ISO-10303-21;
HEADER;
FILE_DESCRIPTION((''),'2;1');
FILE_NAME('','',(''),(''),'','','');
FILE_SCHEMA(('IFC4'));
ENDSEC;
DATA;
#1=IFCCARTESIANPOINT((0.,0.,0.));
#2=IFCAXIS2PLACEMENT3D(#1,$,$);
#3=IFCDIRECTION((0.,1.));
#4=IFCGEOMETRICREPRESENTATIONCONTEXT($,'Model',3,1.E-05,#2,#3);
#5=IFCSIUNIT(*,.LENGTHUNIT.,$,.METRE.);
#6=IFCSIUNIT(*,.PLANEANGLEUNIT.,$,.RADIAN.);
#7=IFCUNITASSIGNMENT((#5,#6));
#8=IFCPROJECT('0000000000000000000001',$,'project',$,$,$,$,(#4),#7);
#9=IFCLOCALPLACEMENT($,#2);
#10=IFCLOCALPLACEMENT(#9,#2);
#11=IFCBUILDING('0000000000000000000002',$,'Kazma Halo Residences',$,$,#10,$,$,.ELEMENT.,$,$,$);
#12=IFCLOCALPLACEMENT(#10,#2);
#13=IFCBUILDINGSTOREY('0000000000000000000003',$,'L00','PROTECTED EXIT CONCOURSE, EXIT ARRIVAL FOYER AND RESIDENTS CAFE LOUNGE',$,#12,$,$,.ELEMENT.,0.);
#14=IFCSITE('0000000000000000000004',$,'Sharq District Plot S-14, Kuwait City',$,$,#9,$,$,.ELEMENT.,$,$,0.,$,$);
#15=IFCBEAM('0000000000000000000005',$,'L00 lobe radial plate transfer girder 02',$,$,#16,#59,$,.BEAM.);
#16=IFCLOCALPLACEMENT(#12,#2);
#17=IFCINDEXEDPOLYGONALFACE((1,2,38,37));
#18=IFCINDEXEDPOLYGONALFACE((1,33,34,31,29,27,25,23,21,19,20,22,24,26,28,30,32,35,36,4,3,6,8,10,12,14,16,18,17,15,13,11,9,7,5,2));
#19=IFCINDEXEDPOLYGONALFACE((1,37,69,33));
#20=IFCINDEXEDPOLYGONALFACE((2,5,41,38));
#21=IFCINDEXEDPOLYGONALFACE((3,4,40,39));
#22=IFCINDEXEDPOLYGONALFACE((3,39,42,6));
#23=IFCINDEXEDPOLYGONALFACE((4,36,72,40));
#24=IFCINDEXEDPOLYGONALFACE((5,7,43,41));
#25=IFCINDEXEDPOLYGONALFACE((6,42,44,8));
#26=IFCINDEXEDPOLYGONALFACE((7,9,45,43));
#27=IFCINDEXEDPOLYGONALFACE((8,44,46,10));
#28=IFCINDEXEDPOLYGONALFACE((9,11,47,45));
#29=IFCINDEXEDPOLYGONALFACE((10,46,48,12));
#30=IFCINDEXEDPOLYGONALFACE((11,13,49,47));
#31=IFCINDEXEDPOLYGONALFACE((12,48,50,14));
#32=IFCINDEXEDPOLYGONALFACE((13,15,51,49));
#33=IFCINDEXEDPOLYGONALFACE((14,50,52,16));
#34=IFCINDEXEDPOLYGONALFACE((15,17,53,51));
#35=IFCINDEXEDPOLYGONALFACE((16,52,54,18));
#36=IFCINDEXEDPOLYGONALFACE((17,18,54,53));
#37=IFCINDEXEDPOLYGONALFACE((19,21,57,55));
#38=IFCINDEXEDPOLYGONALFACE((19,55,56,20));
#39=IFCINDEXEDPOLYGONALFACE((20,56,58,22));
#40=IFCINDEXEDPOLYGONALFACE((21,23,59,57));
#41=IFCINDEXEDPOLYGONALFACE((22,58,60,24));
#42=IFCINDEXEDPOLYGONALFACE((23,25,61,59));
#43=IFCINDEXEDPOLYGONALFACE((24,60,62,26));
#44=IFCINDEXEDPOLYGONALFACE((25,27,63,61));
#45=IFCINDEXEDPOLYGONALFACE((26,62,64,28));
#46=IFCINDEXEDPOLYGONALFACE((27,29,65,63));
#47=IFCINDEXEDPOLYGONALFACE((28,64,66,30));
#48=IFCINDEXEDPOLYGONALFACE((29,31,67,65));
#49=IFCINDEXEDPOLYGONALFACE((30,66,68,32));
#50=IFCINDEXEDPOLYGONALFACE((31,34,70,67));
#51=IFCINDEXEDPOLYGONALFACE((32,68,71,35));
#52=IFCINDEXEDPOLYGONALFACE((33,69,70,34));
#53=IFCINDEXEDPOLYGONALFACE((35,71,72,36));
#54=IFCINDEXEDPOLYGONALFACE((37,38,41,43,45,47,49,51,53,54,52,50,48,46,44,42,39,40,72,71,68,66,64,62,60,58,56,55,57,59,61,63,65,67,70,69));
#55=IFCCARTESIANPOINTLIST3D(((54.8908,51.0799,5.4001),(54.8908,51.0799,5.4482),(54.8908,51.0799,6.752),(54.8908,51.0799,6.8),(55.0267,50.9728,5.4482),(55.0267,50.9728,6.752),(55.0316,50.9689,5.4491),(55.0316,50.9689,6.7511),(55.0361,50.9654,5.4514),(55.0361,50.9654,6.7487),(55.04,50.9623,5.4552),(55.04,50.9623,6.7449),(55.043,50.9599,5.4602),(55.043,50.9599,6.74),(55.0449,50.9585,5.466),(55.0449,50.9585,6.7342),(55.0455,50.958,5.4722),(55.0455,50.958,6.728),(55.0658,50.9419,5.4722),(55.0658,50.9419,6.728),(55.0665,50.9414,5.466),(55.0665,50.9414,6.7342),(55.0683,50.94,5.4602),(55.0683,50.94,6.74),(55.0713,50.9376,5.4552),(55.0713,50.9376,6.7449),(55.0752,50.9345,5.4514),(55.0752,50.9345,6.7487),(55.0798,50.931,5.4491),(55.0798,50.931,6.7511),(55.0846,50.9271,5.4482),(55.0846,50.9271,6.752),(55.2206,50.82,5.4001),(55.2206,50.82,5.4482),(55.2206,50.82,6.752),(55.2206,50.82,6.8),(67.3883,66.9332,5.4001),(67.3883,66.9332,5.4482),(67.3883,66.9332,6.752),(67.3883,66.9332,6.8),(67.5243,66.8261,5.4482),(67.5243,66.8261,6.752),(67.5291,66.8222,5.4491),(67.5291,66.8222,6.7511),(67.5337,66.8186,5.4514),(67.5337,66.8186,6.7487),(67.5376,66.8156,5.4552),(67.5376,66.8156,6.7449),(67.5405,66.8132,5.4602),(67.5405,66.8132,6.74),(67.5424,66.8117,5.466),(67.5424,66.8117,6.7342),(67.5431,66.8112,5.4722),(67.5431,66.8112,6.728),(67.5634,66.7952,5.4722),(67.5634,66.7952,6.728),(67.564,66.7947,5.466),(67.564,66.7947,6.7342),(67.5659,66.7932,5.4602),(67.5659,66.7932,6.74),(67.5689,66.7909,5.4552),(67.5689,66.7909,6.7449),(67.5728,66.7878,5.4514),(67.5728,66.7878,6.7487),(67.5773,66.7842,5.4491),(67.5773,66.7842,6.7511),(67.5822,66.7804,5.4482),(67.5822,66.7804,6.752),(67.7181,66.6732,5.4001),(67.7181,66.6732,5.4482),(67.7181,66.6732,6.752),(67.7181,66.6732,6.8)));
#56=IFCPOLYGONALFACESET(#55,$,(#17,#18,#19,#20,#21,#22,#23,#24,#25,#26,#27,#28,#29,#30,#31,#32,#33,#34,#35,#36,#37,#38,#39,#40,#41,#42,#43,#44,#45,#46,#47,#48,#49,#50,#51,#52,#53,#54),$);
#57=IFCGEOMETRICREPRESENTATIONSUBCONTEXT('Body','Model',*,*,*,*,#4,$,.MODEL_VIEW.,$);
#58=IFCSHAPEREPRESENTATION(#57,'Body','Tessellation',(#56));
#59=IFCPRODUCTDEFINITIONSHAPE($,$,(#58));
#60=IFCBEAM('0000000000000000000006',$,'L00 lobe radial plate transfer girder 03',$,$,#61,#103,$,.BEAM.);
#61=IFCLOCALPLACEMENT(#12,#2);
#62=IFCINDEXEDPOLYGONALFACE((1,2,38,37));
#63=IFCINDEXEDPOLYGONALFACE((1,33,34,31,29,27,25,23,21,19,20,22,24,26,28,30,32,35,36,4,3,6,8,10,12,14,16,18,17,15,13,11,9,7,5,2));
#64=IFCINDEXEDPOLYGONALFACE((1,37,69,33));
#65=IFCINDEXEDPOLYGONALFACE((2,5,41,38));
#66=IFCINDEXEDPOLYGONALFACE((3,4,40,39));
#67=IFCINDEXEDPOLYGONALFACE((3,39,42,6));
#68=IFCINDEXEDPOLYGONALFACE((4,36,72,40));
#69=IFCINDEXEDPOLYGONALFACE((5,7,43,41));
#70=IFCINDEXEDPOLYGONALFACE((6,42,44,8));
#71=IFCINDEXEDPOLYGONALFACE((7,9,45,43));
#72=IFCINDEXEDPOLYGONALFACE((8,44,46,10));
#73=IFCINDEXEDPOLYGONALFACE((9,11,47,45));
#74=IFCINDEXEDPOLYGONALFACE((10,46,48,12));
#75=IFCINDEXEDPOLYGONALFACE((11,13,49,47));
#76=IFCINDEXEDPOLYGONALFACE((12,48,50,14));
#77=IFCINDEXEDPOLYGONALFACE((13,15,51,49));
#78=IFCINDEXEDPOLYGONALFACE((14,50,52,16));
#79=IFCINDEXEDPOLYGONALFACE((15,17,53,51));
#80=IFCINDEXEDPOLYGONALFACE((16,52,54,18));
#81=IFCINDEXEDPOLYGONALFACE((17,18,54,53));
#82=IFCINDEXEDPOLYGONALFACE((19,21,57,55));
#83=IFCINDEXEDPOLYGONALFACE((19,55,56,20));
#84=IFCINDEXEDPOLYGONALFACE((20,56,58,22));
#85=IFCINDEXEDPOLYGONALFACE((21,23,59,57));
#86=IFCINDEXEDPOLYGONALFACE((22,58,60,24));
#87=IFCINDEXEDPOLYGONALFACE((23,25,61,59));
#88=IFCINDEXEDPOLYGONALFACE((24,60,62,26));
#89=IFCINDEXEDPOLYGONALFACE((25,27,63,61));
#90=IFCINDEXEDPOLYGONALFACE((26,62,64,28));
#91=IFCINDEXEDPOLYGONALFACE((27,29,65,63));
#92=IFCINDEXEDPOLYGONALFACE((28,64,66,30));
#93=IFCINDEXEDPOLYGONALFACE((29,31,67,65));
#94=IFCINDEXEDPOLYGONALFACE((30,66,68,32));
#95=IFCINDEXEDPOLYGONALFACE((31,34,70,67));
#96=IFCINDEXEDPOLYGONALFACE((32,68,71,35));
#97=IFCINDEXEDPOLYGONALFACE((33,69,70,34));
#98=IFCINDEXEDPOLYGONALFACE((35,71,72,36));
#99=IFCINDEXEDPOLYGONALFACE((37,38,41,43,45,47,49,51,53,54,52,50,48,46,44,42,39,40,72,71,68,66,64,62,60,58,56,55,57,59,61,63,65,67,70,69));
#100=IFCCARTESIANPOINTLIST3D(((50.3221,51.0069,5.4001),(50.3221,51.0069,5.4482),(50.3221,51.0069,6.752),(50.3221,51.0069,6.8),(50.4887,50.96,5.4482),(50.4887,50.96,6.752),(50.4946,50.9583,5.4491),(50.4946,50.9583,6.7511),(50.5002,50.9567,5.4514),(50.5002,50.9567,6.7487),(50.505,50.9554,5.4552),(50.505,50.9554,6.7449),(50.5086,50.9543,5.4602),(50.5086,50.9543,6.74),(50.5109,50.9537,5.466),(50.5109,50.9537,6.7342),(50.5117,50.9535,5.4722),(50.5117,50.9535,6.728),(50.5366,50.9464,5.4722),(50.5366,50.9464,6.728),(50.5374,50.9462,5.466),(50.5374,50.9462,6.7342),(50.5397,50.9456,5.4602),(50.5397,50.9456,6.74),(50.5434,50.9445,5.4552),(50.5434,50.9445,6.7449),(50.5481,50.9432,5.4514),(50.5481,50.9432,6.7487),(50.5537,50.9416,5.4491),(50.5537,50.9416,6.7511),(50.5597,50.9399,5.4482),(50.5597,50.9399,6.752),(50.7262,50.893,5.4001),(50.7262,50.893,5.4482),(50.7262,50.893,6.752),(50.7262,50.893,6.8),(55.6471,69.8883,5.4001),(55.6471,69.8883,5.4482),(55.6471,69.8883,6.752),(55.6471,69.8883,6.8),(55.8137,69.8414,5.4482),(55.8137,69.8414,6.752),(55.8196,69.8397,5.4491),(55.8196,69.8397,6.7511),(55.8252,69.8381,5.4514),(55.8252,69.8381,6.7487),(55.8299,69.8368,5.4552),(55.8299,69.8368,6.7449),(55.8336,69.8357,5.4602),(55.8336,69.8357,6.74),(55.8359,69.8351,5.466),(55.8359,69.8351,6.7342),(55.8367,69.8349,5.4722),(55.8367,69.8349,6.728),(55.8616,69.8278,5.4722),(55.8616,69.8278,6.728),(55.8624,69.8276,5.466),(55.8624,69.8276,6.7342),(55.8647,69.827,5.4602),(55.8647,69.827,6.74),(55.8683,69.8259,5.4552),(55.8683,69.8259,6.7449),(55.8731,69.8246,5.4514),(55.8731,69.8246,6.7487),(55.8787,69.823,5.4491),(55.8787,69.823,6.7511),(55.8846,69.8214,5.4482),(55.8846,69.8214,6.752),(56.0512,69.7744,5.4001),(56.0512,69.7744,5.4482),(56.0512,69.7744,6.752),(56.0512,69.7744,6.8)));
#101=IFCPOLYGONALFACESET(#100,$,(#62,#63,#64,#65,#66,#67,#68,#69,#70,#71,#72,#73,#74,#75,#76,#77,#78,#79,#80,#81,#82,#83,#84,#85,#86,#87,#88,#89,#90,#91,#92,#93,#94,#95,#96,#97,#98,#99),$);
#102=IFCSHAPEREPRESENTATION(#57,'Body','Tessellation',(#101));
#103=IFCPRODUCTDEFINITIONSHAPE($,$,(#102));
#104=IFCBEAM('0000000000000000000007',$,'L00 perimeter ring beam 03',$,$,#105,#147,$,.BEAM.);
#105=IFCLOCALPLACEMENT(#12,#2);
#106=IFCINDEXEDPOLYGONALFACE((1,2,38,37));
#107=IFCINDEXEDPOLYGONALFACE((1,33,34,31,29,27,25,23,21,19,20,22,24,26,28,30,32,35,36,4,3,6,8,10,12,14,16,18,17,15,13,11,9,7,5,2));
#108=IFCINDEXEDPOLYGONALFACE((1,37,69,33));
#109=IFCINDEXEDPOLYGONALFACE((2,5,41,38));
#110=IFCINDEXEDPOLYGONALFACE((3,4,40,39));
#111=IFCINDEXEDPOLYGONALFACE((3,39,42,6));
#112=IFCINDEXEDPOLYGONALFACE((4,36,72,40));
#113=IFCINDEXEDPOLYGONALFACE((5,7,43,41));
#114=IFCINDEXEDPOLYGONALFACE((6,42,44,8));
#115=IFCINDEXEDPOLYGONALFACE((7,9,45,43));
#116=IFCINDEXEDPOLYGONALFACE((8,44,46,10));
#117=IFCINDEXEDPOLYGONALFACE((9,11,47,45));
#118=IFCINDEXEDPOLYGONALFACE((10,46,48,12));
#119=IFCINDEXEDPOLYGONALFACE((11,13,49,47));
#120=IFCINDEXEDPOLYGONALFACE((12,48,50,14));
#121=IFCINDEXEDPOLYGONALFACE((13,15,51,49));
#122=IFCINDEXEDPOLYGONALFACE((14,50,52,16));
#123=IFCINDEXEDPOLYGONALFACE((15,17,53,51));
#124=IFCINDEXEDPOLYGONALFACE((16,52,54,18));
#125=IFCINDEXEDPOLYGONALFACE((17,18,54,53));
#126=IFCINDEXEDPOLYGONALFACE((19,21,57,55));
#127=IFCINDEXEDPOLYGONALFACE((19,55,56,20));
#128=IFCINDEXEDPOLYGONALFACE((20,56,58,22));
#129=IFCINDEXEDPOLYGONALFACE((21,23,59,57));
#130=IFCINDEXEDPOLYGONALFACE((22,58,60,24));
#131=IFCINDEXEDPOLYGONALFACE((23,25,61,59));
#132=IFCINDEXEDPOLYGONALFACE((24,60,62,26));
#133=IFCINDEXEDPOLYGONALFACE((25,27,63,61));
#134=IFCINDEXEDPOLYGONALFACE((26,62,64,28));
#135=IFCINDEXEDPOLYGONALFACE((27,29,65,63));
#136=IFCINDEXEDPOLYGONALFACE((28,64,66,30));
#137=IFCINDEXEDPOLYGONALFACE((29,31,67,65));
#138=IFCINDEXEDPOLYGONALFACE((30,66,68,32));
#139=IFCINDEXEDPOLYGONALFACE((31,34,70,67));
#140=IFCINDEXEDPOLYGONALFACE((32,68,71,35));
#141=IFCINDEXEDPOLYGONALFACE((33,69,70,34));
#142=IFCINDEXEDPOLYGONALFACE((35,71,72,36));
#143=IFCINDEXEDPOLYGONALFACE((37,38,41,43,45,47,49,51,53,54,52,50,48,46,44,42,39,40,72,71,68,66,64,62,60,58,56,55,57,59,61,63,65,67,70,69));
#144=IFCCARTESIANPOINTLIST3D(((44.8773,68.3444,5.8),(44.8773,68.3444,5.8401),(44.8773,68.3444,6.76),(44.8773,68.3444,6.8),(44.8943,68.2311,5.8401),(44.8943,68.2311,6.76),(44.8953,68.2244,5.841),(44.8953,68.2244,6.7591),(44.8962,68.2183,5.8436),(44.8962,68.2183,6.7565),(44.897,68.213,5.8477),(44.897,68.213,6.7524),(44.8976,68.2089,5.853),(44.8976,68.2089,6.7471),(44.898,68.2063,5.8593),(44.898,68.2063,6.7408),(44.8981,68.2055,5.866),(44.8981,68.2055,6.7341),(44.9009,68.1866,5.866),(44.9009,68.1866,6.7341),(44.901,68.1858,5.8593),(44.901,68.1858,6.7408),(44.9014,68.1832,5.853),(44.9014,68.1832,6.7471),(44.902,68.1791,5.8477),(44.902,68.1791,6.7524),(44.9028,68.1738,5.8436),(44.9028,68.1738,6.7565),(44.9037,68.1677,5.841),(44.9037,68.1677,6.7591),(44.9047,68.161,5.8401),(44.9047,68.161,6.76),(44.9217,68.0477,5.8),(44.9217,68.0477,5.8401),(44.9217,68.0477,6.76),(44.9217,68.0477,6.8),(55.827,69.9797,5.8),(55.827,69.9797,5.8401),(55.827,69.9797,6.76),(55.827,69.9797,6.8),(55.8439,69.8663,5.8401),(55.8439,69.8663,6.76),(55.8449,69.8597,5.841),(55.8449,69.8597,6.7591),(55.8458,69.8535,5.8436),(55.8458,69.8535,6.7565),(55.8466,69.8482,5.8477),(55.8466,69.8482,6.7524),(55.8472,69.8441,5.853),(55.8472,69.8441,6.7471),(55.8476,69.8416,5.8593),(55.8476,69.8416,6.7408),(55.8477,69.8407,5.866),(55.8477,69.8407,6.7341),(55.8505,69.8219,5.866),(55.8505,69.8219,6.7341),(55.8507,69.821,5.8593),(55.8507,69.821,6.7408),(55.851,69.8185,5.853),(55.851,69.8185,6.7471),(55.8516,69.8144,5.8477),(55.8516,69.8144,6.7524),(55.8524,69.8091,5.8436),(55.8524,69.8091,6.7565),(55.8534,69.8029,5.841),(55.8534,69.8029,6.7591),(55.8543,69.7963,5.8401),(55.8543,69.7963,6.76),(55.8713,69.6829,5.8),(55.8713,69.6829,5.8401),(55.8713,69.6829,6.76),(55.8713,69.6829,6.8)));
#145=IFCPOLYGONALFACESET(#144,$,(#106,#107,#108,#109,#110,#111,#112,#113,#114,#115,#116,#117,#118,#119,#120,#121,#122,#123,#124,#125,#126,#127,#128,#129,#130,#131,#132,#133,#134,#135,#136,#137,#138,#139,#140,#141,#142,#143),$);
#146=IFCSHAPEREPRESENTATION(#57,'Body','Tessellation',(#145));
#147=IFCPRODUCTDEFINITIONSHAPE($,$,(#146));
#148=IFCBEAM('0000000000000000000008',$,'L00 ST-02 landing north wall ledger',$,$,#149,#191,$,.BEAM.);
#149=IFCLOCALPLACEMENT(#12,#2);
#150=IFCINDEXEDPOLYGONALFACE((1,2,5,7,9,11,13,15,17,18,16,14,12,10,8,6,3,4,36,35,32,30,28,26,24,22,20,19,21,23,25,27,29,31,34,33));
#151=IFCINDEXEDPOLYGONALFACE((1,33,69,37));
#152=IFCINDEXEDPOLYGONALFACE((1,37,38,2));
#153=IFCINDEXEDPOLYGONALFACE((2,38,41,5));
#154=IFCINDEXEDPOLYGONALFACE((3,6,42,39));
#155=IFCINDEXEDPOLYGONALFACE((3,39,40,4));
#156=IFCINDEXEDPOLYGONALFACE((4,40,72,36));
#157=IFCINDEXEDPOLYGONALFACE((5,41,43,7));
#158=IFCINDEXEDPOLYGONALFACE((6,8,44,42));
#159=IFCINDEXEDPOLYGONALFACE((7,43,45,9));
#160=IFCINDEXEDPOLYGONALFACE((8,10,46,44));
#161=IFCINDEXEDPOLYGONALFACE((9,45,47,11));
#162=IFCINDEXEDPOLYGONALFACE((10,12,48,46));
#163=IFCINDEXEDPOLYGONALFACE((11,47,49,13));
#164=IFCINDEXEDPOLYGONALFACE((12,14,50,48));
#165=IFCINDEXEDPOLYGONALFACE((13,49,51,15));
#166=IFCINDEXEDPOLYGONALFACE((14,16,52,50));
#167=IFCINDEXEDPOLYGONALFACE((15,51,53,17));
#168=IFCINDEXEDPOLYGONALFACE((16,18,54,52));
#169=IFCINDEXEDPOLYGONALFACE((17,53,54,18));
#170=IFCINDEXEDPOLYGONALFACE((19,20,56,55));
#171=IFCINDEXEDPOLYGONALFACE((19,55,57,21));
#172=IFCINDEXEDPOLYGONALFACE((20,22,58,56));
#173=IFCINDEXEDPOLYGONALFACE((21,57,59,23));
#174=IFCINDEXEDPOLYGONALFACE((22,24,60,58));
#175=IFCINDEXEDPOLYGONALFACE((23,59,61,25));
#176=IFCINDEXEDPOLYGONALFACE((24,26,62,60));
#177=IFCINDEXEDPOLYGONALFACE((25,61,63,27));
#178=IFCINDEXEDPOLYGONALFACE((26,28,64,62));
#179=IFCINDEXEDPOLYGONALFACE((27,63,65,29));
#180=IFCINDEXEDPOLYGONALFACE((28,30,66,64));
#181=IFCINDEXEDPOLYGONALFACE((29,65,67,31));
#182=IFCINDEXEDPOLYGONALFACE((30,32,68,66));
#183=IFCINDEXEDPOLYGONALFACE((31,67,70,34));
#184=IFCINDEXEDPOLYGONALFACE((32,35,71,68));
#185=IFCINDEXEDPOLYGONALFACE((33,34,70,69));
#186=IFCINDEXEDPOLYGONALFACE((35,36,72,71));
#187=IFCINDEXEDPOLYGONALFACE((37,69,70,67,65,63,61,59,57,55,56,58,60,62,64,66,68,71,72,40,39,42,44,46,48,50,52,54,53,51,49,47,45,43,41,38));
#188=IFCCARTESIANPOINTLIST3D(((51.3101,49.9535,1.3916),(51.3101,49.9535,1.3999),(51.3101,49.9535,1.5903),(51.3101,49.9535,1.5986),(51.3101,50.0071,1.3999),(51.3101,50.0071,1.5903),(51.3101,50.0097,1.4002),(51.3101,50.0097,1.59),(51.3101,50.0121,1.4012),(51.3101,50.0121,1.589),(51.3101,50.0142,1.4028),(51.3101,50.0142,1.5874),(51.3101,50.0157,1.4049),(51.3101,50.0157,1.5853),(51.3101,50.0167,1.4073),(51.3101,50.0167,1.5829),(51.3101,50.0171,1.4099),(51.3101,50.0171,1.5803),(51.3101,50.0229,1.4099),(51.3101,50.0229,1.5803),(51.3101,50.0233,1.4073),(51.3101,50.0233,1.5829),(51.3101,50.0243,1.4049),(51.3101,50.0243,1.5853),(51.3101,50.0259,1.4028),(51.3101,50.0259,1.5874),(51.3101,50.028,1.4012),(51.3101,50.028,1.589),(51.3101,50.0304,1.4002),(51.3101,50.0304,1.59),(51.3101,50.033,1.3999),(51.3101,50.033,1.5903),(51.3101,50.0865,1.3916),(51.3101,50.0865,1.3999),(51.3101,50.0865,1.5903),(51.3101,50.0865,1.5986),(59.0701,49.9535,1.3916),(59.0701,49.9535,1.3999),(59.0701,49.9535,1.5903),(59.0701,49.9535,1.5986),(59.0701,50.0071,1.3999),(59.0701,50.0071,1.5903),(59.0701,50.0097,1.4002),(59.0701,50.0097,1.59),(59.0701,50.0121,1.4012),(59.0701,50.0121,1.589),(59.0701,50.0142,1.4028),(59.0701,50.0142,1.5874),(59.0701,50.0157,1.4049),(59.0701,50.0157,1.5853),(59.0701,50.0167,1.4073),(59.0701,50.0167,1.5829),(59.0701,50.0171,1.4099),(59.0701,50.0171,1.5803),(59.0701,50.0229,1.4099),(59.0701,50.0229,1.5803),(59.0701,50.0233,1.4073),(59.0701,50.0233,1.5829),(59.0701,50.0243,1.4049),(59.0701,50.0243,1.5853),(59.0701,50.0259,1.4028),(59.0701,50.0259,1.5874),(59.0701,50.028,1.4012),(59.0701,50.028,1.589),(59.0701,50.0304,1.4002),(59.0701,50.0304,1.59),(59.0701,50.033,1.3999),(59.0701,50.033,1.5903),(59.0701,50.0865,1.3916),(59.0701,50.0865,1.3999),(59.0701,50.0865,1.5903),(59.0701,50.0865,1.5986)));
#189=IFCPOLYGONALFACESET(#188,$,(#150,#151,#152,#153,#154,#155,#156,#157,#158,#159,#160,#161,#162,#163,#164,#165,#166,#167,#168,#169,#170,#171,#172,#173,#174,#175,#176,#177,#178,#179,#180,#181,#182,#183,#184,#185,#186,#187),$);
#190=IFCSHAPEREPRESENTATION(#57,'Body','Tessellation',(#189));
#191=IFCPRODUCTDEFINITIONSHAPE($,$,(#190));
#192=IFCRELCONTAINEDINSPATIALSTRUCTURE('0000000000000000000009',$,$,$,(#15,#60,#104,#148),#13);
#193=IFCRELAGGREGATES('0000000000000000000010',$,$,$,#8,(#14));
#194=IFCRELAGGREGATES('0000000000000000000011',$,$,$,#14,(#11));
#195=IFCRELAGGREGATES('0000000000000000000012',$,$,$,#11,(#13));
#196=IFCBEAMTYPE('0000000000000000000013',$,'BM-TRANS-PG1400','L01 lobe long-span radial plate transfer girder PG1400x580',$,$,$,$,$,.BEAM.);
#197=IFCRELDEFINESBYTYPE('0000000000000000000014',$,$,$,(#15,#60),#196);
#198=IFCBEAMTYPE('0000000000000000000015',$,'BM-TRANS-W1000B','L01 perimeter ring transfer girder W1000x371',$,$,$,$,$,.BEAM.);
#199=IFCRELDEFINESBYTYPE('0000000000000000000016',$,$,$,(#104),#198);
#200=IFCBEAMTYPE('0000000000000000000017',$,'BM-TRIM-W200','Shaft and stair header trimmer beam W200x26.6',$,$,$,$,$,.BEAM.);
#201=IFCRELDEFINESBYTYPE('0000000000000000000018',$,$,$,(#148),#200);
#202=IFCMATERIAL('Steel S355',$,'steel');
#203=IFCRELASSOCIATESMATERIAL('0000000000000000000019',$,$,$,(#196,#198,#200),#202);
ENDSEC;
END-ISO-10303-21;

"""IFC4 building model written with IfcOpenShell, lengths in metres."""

from ifc_helpers import new_model, si_unit, direction, frame, origin, origin_2d, place, context, subcontext, project, spatial, i_section, extrude, material, material_profile, profile_set, type_object, element, save


model = new_model("IFC4")

# Units and contexts
model_context = context("Model", 3, precision=1e-05, world=origin(), true_north=direction((0.0, 1.0)))
body_context = subcontext(model_context, "Body", "Model", "MODEL_VIEW")
ifc_project = project(units=[si_unit("LENGTHUNIT", "METRE"), si_unit("PLANEANGLEUNIT", "RADIAN")], contexts=[model_context])

# Site, building, storey
site_placement = place(None, origin())
site = spatial("IfcSite", under=ifc_project, at=site_placement, Name="Sharq District Plot S-14, Kuwait City", CompositionType="ELEMENT", RefElevation=0.0)
building_placement = place(site_placement, origin())
building = spatial("IfcBuilding", under=site, at=building_placement, Name="Kazma Halo Residences", CompositionType="ELEMENT")
storey_placement = place(building_placement, origin())
storey = spatial("IfcBuildingStorey", under=building, at=storey_placement, Name="L00", Description="PROTECTED EXIT CONCOURSE, EXIT ARRIVAL FOYER AND RESIDENTS CAFE LOUNGE", CompositionType="ELEMENT", Elevation=0.0)

# Beams
ifc_material_1 = material(Name="Steel S355", Category="steel")
ifc_material_profile_1 = material_profile(ifc_material_1, i_section(OverallWidth=0.4199, OverallDepth=1.3999, WebThickness=0.0259, FlangeThickness=0.0481, FilletRadius=0.0239, at=origin_2d()), Name="PG1400x580")
ifc_profile_set_1 = profile_set([ifc_material_profile_1], Name="Steel S355")
beam_type_1 = type_object("IfcBeamType", Name="BM-TRANS-PG1400", Description="L01 lobe long-span radial plate transfer girder PG1400x580", PredefinedType="BEAM", material=ifc_profile_set_1)
beam_1_placement = place(storey_placement, frame((55.0557, 50.95, 6.1001), z_axis=(0.619089, 0.785321, 0.0), x_axis=(-0.785321, 0.619089, 0.0)))
element("IfcBeam", 1, at=beam_1_placement, inside=storey, type_object=beam_type_1, Name="L00 lobe radial plate transfer girder 02", PredefinedType="BEAM", context=body_context, shape_type="SweptSolid", body=[
    extrude(i_section(OverallWidth=0.4199, OverallDepth=1.3999, WebThickness=0.0259, FlangeThickness=0.0481, FilletRadius=0.0239, at=origin_2d()), origin(), (0.0, 0.0, 1.0), 20.187),
])
beam_2_placement = place(storey_placement, frame((50.5242, 50.95, 6.1001), z_axis=(0.271434, 0.962457, 0.0), x_axis=(-0.962457, 0.271434, 0.0)))
element("IfcBeam", 2, at=beam_2_placement, inside=storey, type_object=beam_type_1, Name="L00 lobe radial plate transfer girder 03", PredefinedType="BEAM", context=body_context, shape_type="SweptSolid", body=[
    extrude(i_section(OverallWidth=0.4199, OverallDepth=1.3999, WebThickness=0.0259, FlangeThickness=0.0481, FilletRadius=0.0239, at=origin_2d()), origin(), (0.0, 0.0, 1.0), 19.6179),
])
ifc_material_profile_2 = material_profile(ifc_material_1, i_section(OverallWidth=0.3, OverallDepth=1.0, WebThickness=0.019, FlangeThickness=0.04, FilletRadius=0.0259, at=origin_2d()), Name="W1000x371")
ifc_profile_set_2 = profile_set([ifc_material_profile_2], Name="Steel S355")
beam_type_2 = type_object("IfcBeamType", Name="BM-TRANS-W1000B", Description="L01 perimeter ring transfer girder W1000x371", PredefinedType="BEAM", material=ifc_profile_set_2)
beam_3_placement = place(storey_placement, frame((55.8491, 69.8313, 6.3), z_axis=(-0.989032, -0.147704, 0.0), x_axis=(0.147704, -0.989032, 0.0)))
element("IfcBeam", 3, at=beam_3_placement, inside=storey, type_object=beam_type_2, Name="L00 perimeter ring beam 03", PredefinedType="BEAM", context=body_context, shape_type="SweptSolid", body=[
    extrude(i_section(OverallWidth=0.3, OverallDepth=1.0, WebThickness=0.019, FlangeThickness=0.04, FilletRadius=0.0259, at=origin_2d()), origin(), (0.0, 0.0, 1.0), 11.071),
])
ifc_material_profile_3 = material_profile(ifc_material_1, i_section(OverallWidth=0.1331, OverallDepth=0.207, WebThickness=0.0059, FlangeThickness=0.0083, FilletRadius=0.01, at=origin_2d()), Name="W200x26.6")
ifc_profile_set_3 = profile_set([ifc_material_profile_3], Name="Steel S355")
beam_type_3 = type_object("IfcBeamType", Name="BM-TRIM-W200", Description="Shaft and stair header trimmer beam W200x26.6", PredefinedType="BEAM", material=ifc_profile_set_3)
for number, where, z_axis, x_axis, name in (
    (4, (51.3101, 50.02, 1.4951), (1.0, 0.0, 0.0), (0.0, 1.0, 0.0), "L00 ST-02 landing north wall ledger"),
):
    element("IfcBeam", number, at=place(storey_placement, frame(where, z_axis=z_axis, x_axis=x_axis)), inside=storey, type_object=beam_type_3, Name=name, PredefinedType="BEAM", context=body_context, shape_type="SweptSolid", body=[
        extrude(i_section(OverallWidth=0.1331, OverallDepth=0.207, WebThickness=0.0059, FlangeThickness=0.0083, FilletRadius=0.01, at=origin_2d()), origin(), (0.0, 0.0, 1.0), 7.76),
    ])

save(model, "model.ifc")
